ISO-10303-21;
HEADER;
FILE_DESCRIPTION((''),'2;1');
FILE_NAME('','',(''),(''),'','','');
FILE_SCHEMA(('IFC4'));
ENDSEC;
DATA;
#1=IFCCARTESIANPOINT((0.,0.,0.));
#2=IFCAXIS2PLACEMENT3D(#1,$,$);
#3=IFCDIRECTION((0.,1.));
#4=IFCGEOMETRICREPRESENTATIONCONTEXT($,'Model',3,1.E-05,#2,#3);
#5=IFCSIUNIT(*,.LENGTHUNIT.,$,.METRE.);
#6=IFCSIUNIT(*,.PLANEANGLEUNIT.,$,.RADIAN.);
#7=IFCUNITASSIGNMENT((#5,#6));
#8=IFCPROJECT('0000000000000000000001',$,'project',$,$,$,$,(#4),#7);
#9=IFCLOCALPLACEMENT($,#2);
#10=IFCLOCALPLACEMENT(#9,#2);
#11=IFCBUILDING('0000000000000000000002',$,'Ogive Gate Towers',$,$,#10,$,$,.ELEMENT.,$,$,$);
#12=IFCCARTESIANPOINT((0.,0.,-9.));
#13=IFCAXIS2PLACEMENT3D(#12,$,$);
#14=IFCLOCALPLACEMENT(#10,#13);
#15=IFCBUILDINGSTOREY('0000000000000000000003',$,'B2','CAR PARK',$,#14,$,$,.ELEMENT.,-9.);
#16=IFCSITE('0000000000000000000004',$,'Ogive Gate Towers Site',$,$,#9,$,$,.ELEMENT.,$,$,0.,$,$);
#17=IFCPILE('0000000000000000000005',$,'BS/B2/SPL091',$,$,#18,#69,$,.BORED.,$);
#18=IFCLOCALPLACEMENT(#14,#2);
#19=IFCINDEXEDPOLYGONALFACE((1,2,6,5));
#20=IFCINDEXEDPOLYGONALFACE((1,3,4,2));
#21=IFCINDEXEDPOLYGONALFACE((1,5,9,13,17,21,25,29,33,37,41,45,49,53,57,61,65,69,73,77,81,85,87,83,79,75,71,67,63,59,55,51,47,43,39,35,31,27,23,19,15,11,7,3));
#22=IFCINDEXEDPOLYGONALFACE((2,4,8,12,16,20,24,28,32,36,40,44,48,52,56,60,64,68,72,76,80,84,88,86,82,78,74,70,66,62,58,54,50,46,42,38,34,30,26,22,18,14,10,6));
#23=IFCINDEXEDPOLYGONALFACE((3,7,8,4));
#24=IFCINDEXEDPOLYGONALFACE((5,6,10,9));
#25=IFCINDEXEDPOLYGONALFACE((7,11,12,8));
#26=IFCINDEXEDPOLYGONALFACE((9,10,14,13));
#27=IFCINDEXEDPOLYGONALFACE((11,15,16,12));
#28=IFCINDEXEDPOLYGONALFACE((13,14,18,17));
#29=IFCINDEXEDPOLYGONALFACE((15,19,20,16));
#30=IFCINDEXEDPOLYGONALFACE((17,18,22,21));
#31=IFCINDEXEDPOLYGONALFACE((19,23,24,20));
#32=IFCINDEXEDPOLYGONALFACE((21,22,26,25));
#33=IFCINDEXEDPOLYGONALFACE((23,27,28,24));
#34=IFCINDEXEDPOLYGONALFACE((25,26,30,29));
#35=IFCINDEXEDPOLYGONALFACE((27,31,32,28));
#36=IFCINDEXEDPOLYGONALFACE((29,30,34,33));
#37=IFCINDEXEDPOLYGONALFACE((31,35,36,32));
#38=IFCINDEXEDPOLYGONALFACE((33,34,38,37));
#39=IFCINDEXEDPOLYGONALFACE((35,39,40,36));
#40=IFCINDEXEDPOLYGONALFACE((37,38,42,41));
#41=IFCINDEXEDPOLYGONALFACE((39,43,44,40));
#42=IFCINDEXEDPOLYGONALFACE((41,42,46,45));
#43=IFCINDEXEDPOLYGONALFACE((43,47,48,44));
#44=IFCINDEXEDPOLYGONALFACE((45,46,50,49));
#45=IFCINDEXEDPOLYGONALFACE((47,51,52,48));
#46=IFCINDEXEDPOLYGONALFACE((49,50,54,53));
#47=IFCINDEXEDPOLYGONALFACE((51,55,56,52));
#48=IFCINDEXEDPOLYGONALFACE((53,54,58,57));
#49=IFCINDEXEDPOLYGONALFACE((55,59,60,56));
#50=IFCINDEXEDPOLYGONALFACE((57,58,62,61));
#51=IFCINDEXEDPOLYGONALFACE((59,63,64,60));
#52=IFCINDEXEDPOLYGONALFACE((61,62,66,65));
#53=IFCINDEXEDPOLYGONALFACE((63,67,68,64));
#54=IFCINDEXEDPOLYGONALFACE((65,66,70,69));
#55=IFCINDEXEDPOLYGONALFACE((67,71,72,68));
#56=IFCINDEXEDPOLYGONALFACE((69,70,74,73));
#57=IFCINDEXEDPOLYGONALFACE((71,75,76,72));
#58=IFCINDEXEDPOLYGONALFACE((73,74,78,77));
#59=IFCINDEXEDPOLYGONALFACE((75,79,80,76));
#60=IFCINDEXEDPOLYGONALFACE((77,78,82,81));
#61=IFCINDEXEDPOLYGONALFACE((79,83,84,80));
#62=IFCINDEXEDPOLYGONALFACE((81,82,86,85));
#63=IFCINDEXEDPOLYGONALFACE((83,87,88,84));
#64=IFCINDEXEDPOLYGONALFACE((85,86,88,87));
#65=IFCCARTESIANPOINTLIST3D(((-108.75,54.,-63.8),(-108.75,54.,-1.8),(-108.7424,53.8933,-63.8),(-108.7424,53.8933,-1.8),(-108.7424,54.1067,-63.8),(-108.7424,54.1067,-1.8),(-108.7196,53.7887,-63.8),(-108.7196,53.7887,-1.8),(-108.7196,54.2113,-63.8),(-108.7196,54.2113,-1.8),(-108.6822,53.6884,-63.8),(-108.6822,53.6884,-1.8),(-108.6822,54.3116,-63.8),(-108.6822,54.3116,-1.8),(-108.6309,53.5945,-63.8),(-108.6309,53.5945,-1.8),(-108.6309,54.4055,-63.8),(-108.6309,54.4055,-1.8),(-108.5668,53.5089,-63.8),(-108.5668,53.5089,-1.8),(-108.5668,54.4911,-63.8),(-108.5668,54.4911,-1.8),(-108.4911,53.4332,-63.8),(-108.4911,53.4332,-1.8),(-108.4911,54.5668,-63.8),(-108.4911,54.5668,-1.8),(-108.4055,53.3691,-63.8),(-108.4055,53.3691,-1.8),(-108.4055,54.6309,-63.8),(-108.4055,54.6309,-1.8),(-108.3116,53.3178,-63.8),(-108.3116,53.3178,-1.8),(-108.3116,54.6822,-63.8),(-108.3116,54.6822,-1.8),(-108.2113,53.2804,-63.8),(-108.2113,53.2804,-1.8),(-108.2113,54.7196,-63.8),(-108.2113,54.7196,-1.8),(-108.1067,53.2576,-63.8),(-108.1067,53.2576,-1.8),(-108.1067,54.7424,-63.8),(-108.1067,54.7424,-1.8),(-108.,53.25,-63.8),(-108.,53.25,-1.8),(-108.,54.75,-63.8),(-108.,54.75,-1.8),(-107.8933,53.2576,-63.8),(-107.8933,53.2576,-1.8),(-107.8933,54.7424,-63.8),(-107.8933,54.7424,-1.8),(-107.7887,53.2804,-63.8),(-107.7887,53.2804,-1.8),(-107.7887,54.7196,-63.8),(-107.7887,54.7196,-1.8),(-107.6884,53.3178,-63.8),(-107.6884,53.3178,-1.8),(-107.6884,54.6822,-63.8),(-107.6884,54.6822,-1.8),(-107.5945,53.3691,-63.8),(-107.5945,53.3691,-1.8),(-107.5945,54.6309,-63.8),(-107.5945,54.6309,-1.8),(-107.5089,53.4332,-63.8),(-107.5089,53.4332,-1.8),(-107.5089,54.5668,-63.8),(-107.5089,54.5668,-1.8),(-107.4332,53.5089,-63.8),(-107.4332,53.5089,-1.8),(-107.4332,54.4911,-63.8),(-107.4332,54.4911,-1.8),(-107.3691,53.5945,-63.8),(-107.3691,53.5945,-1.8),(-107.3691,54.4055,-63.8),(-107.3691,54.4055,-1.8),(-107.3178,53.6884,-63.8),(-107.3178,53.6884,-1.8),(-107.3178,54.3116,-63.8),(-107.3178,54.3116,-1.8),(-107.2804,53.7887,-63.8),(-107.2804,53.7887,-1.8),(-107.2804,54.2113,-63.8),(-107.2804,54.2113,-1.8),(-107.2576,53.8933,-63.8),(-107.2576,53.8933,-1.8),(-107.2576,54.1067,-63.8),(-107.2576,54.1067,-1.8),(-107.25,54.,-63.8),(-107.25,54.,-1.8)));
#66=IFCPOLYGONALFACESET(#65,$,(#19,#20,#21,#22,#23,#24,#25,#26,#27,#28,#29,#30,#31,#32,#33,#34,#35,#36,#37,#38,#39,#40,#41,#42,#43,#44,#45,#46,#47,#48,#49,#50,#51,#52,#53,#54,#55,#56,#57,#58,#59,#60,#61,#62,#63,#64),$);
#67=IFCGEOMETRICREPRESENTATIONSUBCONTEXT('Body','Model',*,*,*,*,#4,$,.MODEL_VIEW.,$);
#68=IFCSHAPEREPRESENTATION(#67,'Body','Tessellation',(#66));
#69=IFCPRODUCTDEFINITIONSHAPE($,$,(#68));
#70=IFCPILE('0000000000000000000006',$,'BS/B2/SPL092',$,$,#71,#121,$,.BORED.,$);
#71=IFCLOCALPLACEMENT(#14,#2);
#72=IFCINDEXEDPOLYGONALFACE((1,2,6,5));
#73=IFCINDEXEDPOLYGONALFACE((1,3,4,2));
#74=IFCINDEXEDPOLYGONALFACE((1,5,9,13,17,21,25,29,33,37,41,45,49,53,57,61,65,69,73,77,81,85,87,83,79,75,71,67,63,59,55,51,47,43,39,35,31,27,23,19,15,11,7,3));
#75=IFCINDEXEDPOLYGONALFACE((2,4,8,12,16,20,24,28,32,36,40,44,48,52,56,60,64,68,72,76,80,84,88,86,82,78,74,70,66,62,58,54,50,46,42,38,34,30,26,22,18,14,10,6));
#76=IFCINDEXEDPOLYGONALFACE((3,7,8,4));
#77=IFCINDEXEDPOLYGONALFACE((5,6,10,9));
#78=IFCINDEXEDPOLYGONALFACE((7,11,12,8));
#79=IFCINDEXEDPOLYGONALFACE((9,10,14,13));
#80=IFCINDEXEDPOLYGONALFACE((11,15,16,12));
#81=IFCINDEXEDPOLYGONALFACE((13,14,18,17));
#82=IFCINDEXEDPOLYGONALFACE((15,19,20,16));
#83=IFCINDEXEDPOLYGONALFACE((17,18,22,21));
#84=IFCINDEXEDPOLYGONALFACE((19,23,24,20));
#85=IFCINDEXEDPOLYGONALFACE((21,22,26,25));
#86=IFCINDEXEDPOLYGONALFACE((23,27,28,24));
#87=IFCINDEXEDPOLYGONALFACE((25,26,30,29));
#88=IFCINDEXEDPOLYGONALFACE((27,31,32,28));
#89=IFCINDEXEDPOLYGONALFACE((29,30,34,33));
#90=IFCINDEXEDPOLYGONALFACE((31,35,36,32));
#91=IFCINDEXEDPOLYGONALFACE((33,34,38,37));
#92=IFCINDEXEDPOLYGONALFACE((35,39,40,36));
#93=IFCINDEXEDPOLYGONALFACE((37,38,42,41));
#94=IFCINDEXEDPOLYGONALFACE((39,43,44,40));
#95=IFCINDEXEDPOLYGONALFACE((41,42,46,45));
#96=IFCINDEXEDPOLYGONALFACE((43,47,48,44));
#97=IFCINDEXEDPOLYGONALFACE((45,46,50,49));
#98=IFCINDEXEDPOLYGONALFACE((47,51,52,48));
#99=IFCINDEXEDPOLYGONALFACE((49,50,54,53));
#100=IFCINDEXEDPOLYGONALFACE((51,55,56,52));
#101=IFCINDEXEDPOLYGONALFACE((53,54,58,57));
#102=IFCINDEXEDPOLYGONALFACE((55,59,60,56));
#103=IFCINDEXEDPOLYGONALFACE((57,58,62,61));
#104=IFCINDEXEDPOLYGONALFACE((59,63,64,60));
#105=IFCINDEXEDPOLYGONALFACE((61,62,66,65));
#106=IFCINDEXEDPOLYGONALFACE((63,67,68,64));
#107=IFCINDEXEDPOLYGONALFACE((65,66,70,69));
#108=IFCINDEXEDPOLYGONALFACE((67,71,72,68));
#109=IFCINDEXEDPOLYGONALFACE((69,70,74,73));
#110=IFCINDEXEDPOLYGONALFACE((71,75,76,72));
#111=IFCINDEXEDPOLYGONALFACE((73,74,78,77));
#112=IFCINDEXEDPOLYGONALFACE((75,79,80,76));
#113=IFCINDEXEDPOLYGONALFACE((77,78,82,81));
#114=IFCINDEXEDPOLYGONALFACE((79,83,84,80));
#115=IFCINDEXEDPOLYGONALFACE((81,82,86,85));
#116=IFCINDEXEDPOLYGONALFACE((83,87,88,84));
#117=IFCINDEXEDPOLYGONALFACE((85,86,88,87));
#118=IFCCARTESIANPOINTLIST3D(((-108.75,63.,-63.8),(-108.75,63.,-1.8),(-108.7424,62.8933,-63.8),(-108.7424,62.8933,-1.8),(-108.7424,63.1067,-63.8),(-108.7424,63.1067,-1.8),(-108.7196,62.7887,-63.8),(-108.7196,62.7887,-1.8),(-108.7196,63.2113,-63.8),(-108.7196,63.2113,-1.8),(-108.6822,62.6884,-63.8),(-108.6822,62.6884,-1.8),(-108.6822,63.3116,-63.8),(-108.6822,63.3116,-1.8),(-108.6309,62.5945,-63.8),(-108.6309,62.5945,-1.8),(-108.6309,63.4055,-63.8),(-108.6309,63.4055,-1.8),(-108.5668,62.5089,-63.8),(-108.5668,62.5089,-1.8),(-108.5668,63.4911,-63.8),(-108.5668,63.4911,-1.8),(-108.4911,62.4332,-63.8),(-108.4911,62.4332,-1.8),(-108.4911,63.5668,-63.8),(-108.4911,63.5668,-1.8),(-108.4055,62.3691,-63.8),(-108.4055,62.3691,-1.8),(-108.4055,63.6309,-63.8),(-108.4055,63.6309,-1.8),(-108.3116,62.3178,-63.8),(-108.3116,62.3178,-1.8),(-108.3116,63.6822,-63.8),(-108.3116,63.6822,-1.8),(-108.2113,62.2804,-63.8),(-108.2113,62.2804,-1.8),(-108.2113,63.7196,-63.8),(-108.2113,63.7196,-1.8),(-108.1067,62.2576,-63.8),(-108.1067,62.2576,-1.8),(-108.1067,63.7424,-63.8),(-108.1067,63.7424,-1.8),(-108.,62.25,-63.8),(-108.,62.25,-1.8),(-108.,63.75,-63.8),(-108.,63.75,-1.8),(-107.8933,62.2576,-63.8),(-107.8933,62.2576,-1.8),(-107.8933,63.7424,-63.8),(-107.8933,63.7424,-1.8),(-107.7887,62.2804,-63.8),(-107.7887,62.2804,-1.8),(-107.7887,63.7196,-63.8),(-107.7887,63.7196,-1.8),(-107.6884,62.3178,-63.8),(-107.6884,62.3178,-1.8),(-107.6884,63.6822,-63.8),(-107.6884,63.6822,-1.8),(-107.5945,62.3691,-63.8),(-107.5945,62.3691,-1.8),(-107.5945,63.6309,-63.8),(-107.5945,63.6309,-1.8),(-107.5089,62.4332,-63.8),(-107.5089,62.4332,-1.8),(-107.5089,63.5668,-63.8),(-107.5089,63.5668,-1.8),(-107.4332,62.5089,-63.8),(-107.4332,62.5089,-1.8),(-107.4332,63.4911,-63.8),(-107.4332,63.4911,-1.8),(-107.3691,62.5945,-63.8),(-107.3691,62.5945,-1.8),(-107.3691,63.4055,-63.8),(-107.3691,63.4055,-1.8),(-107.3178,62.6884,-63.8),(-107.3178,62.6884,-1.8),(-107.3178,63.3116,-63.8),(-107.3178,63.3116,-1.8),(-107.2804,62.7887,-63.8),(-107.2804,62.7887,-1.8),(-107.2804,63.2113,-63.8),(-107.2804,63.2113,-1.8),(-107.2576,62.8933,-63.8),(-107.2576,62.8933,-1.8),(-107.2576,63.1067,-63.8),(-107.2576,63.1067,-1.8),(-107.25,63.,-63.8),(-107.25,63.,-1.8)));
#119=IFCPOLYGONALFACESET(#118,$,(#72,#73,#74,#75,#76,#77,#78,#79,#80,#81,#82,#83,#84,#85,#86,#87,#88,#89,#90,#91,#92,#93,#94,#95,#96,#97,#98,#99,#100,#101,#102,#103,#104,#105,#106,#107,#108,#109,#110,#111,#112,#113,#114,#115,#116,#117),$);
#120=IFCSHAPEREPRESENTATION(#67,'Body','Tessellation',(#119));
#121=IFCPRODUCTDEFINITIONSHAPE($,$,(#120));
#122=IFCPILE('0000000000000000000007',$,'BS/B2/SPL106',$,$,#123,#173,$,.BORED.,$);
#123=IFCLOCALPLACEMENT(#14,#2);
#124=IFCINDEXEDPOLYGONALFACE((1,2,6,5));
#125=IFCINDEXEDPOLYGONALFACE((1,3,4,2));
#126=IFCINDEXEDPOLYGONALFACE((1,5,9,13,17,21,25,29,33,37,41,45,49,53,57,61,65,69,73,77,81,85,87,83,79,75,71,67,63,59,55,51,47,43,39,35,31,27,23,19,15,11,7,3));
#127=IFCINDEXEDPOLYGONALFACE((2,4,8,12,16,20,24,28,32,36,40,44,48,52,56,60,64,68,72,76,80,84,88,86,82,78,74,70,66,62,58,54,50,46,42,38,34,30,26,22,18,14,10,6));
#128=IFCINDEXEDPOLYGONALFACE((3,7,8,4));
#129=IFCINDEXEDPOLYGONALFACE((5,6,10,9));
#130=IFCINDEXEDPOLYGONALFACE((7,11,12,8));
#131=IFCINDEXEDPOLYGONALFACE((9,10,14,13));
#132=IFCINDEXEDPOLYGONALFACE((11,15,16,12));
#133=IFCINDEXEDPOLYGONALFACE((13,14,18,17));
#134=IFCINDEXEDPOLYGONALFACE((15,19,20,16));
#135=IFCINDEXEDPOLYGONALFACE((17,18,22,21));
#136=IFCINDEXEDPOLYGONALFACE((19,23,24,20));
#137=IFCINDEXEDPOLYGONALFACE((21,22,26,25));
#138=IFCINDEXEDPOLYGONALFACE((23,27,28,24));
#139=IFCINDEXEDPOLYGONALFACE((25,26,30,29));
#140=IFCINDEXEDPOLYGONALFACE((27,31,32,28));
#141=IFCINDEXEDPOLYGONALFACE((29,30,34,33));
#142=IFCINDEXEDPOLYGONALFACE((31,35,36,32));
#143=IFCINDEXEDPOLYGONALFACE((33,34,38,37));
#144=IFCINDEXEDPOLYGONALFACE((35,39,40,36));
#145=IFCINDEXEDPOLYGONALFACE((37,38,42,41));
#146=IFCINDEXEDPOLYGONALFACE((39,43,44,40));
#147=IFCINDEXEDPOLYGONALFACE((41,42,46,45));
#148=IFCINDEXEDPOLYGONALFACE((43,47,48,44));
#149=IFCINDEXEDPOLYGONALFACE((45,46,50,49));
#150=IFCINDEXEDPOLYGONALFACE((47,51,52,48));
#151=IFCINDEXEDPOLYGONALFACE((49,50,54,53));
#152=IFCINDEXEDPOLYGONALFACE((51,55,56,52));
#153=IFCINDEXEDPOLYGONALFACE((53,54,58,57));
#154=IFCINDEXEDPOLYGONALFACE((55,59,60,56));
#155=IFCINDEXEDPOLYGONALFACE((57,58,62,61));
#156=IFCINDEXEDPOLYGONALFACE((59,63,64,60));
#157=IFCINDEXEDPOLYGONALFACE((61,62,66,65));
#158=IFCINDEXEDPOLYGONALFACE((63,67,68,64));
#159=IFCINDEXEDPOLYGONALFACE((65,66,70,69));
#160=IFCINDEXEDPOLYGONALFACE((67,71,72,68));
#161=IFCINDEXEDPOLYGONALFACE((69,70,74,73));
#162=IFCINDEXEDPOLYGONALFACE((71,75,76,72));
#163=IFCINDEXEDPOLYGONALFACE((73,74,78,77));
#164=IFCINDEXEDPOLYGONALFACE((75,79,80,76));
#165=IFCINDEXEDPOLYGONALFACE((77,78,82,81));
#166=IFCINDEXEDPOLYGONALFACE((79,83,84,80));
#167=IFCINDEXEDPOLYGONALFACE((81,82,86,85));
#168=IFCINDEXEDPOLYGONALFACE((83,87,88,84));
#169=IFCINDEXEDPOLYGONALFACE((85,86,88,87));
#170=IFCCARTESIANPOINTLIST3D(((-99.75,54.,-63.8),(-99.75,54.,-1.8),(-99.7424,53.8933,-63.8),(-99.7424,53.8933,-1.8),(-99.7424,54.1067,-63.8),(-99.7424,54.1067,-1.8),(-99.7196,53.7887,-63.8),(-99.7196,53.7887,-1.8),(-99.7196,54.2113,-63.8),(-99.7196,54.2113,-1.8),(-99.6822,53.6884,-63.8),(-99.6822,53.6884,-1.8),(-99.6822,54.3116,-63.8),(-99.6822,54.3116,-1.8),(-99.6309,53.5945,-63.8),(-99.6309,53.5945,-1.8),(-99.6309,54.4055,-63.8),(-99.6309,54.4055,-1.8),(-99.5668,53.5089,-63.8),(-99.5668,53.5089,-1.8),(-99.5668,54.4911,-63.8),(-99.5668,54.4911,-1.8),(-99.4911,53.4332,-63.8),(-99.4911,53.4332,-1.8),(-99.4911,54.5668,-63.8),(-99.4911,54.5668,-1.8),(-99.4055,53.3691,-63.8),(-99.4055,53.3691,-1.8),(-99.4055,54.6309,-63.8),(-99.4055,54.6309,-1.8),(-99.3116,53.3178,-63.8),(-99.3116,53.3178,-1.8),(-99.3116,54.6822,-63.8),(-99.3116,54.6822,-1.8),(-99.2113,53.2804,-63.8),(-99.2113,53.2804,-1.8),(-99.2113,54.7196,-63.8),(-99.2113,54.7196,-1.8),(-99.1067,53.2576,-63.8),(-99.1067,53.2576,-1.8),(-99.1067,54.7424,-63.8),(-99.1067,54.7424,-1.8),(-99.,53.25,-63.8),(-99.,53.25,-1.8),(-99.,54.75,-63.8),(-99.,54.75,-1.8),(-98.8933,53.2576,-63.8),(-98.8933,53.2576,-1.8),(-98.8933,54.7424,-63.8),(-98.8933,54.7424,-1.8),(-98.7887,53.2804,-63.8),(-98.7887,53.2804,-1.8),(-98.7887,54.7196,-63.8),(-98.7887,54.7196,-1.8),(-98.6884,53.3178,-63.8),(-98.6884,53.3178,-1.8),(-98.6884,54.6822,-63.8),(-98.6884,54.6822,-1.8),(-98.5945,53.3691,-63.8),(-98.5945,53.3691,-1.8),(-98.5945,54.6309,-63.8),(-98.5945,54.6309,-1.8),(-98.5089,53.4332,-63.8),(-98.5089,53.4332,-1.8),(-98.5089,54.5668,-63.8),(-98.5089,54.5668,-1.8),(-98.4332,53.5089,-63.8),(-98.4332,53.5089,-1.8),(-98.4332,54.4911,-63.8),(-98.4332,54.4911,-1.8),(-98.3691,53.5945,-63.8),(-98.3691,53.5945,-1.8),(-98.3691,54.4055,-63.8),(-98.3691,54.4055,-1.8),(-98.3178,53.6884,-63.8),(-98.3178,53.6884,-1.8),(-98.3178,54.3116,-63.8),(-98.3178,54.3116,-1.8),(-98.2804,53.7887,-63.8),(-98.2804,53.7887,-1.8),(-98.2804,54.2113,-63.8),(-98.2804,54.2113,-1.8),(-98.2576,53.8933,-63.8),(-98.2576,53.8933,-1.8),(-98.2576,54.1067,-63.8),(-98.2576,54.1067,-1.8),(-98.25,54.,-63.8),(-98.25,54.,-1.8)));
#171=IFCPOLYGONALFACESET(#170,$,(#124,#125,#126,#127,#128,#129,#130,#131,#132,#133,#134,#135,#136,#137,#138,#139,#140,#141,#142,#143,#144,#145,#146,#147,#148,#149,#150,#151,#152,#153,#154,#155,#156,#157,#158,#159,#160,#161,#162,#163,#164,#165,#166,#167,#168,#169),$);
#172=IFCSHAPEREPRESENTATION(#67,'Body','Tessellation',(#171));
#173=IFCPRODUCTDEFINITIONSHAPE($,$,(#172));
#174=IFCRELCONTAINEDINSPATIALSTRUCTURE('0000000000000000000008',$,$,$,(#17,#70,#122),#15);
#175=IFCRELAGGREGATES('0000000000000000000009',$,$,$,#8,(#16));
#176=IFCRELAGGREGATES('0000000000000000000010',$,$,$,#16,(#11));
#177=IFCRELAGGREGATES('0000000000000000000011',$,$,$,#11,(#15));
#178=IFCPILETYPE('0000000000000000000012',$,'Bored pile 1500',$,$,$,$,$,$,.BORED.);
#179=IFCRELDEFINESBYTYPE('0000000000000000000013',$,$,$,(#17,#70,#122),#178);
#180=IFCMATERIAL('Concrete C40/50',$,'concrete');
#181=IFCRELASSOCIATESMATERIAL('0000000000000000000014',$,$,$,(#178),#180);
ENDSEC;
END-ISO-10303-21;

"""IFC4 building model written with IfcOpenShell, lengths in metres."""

from ifc_helpers import new_model, si_unit, direction, frame, origin, origin_2d, place, context, subcontext, project, spatial, circle, extrude, material, material_profile, profile_set, type_object, element, save


model = new_model("IFC4")

# Units and contexts
model_context = context("Model", 3, precision=1e-05, world=origin(), true_north=direction((0.0, 1.0)))
body_context = subcontext(model_context, "Body", "Model", "MODEL_VIEW")
ifc_project = project(units=[si_unit("LENGTHUNIT", "METRE"), si_unit("PLANEANGLEUNIT", "RADIAN")], contexts=[model_context])

# Site, building, storey
site_placement = place(None, origin())
site = spatial("IfcSite", under=ifc_project, at=site_placement, Name="Ogive Gate Towers Site", CompositionType="ELEMENT", RefElevation=0.0)
building_placement = place(site_placement, origin())
building = spatial("IfcBuilding", under=site, at=building_placement, Name="Ogive Gate Towers", CompositionType="ELEMENT")
storey_placement = place(building_placement, frame((0.0, 0.0, -9.0)))
storey = spatial("IfcBuildingStorey", under=building, at=storey_placement, Name="B2", Description="CAR PARK", CompositionType="ELEMENT", Elevation=-9.0)

# Piles
ifc_material_1 = material(Name="Concrete C40/50", Category="concrete")
ifc_material_profile_1 = material_profile(ifc_material_1, circle(Radius=0.75, at=origin_2d()), Name="BP 1500")
ifc_profile_set_1 = profile_set([ifc_material_profile_1], Name="Concrete C40/50")
pile_type = type_object("IfcPileType", Name="Bored pile 1500", PredefinedType="BORED", material=ifc_profile_set_1)
for number, where, z_axis, x_axis, name in (
    (1, (-108.0, 54.0, -1.8), (0.0, 0.0, -1.0), (1.0, 0.0, 0.0), "BS/B2/SPL091"),
    (2, (-108.0, 63.0, -1.8), (0.0, 0.0, -1.0), (1.0, 0.0, 0.0), "BS/B2/SPL092"),
    (3, (-99.0, 54.0, -1.8), (0.0, 0.0, -1.0), (1.0, 0.0, 0.0), "BS/B2/SPL106"),
):
    element("IfcPile", number, at=place(storey_placement, frame(where, z_axis=z_axis, x_axis=x_axis)), inside=storey, type_object=pile_type, Name=name, PredefinedType="BORED", context=body_context, shape_type="SweptSolid", body=[
        extrude(circle(Radius=0.75, at=origin_2d()), origin(), (0.0, 0.0, 1.0), 62.0),
    ])

save(model, "model.ifc")
